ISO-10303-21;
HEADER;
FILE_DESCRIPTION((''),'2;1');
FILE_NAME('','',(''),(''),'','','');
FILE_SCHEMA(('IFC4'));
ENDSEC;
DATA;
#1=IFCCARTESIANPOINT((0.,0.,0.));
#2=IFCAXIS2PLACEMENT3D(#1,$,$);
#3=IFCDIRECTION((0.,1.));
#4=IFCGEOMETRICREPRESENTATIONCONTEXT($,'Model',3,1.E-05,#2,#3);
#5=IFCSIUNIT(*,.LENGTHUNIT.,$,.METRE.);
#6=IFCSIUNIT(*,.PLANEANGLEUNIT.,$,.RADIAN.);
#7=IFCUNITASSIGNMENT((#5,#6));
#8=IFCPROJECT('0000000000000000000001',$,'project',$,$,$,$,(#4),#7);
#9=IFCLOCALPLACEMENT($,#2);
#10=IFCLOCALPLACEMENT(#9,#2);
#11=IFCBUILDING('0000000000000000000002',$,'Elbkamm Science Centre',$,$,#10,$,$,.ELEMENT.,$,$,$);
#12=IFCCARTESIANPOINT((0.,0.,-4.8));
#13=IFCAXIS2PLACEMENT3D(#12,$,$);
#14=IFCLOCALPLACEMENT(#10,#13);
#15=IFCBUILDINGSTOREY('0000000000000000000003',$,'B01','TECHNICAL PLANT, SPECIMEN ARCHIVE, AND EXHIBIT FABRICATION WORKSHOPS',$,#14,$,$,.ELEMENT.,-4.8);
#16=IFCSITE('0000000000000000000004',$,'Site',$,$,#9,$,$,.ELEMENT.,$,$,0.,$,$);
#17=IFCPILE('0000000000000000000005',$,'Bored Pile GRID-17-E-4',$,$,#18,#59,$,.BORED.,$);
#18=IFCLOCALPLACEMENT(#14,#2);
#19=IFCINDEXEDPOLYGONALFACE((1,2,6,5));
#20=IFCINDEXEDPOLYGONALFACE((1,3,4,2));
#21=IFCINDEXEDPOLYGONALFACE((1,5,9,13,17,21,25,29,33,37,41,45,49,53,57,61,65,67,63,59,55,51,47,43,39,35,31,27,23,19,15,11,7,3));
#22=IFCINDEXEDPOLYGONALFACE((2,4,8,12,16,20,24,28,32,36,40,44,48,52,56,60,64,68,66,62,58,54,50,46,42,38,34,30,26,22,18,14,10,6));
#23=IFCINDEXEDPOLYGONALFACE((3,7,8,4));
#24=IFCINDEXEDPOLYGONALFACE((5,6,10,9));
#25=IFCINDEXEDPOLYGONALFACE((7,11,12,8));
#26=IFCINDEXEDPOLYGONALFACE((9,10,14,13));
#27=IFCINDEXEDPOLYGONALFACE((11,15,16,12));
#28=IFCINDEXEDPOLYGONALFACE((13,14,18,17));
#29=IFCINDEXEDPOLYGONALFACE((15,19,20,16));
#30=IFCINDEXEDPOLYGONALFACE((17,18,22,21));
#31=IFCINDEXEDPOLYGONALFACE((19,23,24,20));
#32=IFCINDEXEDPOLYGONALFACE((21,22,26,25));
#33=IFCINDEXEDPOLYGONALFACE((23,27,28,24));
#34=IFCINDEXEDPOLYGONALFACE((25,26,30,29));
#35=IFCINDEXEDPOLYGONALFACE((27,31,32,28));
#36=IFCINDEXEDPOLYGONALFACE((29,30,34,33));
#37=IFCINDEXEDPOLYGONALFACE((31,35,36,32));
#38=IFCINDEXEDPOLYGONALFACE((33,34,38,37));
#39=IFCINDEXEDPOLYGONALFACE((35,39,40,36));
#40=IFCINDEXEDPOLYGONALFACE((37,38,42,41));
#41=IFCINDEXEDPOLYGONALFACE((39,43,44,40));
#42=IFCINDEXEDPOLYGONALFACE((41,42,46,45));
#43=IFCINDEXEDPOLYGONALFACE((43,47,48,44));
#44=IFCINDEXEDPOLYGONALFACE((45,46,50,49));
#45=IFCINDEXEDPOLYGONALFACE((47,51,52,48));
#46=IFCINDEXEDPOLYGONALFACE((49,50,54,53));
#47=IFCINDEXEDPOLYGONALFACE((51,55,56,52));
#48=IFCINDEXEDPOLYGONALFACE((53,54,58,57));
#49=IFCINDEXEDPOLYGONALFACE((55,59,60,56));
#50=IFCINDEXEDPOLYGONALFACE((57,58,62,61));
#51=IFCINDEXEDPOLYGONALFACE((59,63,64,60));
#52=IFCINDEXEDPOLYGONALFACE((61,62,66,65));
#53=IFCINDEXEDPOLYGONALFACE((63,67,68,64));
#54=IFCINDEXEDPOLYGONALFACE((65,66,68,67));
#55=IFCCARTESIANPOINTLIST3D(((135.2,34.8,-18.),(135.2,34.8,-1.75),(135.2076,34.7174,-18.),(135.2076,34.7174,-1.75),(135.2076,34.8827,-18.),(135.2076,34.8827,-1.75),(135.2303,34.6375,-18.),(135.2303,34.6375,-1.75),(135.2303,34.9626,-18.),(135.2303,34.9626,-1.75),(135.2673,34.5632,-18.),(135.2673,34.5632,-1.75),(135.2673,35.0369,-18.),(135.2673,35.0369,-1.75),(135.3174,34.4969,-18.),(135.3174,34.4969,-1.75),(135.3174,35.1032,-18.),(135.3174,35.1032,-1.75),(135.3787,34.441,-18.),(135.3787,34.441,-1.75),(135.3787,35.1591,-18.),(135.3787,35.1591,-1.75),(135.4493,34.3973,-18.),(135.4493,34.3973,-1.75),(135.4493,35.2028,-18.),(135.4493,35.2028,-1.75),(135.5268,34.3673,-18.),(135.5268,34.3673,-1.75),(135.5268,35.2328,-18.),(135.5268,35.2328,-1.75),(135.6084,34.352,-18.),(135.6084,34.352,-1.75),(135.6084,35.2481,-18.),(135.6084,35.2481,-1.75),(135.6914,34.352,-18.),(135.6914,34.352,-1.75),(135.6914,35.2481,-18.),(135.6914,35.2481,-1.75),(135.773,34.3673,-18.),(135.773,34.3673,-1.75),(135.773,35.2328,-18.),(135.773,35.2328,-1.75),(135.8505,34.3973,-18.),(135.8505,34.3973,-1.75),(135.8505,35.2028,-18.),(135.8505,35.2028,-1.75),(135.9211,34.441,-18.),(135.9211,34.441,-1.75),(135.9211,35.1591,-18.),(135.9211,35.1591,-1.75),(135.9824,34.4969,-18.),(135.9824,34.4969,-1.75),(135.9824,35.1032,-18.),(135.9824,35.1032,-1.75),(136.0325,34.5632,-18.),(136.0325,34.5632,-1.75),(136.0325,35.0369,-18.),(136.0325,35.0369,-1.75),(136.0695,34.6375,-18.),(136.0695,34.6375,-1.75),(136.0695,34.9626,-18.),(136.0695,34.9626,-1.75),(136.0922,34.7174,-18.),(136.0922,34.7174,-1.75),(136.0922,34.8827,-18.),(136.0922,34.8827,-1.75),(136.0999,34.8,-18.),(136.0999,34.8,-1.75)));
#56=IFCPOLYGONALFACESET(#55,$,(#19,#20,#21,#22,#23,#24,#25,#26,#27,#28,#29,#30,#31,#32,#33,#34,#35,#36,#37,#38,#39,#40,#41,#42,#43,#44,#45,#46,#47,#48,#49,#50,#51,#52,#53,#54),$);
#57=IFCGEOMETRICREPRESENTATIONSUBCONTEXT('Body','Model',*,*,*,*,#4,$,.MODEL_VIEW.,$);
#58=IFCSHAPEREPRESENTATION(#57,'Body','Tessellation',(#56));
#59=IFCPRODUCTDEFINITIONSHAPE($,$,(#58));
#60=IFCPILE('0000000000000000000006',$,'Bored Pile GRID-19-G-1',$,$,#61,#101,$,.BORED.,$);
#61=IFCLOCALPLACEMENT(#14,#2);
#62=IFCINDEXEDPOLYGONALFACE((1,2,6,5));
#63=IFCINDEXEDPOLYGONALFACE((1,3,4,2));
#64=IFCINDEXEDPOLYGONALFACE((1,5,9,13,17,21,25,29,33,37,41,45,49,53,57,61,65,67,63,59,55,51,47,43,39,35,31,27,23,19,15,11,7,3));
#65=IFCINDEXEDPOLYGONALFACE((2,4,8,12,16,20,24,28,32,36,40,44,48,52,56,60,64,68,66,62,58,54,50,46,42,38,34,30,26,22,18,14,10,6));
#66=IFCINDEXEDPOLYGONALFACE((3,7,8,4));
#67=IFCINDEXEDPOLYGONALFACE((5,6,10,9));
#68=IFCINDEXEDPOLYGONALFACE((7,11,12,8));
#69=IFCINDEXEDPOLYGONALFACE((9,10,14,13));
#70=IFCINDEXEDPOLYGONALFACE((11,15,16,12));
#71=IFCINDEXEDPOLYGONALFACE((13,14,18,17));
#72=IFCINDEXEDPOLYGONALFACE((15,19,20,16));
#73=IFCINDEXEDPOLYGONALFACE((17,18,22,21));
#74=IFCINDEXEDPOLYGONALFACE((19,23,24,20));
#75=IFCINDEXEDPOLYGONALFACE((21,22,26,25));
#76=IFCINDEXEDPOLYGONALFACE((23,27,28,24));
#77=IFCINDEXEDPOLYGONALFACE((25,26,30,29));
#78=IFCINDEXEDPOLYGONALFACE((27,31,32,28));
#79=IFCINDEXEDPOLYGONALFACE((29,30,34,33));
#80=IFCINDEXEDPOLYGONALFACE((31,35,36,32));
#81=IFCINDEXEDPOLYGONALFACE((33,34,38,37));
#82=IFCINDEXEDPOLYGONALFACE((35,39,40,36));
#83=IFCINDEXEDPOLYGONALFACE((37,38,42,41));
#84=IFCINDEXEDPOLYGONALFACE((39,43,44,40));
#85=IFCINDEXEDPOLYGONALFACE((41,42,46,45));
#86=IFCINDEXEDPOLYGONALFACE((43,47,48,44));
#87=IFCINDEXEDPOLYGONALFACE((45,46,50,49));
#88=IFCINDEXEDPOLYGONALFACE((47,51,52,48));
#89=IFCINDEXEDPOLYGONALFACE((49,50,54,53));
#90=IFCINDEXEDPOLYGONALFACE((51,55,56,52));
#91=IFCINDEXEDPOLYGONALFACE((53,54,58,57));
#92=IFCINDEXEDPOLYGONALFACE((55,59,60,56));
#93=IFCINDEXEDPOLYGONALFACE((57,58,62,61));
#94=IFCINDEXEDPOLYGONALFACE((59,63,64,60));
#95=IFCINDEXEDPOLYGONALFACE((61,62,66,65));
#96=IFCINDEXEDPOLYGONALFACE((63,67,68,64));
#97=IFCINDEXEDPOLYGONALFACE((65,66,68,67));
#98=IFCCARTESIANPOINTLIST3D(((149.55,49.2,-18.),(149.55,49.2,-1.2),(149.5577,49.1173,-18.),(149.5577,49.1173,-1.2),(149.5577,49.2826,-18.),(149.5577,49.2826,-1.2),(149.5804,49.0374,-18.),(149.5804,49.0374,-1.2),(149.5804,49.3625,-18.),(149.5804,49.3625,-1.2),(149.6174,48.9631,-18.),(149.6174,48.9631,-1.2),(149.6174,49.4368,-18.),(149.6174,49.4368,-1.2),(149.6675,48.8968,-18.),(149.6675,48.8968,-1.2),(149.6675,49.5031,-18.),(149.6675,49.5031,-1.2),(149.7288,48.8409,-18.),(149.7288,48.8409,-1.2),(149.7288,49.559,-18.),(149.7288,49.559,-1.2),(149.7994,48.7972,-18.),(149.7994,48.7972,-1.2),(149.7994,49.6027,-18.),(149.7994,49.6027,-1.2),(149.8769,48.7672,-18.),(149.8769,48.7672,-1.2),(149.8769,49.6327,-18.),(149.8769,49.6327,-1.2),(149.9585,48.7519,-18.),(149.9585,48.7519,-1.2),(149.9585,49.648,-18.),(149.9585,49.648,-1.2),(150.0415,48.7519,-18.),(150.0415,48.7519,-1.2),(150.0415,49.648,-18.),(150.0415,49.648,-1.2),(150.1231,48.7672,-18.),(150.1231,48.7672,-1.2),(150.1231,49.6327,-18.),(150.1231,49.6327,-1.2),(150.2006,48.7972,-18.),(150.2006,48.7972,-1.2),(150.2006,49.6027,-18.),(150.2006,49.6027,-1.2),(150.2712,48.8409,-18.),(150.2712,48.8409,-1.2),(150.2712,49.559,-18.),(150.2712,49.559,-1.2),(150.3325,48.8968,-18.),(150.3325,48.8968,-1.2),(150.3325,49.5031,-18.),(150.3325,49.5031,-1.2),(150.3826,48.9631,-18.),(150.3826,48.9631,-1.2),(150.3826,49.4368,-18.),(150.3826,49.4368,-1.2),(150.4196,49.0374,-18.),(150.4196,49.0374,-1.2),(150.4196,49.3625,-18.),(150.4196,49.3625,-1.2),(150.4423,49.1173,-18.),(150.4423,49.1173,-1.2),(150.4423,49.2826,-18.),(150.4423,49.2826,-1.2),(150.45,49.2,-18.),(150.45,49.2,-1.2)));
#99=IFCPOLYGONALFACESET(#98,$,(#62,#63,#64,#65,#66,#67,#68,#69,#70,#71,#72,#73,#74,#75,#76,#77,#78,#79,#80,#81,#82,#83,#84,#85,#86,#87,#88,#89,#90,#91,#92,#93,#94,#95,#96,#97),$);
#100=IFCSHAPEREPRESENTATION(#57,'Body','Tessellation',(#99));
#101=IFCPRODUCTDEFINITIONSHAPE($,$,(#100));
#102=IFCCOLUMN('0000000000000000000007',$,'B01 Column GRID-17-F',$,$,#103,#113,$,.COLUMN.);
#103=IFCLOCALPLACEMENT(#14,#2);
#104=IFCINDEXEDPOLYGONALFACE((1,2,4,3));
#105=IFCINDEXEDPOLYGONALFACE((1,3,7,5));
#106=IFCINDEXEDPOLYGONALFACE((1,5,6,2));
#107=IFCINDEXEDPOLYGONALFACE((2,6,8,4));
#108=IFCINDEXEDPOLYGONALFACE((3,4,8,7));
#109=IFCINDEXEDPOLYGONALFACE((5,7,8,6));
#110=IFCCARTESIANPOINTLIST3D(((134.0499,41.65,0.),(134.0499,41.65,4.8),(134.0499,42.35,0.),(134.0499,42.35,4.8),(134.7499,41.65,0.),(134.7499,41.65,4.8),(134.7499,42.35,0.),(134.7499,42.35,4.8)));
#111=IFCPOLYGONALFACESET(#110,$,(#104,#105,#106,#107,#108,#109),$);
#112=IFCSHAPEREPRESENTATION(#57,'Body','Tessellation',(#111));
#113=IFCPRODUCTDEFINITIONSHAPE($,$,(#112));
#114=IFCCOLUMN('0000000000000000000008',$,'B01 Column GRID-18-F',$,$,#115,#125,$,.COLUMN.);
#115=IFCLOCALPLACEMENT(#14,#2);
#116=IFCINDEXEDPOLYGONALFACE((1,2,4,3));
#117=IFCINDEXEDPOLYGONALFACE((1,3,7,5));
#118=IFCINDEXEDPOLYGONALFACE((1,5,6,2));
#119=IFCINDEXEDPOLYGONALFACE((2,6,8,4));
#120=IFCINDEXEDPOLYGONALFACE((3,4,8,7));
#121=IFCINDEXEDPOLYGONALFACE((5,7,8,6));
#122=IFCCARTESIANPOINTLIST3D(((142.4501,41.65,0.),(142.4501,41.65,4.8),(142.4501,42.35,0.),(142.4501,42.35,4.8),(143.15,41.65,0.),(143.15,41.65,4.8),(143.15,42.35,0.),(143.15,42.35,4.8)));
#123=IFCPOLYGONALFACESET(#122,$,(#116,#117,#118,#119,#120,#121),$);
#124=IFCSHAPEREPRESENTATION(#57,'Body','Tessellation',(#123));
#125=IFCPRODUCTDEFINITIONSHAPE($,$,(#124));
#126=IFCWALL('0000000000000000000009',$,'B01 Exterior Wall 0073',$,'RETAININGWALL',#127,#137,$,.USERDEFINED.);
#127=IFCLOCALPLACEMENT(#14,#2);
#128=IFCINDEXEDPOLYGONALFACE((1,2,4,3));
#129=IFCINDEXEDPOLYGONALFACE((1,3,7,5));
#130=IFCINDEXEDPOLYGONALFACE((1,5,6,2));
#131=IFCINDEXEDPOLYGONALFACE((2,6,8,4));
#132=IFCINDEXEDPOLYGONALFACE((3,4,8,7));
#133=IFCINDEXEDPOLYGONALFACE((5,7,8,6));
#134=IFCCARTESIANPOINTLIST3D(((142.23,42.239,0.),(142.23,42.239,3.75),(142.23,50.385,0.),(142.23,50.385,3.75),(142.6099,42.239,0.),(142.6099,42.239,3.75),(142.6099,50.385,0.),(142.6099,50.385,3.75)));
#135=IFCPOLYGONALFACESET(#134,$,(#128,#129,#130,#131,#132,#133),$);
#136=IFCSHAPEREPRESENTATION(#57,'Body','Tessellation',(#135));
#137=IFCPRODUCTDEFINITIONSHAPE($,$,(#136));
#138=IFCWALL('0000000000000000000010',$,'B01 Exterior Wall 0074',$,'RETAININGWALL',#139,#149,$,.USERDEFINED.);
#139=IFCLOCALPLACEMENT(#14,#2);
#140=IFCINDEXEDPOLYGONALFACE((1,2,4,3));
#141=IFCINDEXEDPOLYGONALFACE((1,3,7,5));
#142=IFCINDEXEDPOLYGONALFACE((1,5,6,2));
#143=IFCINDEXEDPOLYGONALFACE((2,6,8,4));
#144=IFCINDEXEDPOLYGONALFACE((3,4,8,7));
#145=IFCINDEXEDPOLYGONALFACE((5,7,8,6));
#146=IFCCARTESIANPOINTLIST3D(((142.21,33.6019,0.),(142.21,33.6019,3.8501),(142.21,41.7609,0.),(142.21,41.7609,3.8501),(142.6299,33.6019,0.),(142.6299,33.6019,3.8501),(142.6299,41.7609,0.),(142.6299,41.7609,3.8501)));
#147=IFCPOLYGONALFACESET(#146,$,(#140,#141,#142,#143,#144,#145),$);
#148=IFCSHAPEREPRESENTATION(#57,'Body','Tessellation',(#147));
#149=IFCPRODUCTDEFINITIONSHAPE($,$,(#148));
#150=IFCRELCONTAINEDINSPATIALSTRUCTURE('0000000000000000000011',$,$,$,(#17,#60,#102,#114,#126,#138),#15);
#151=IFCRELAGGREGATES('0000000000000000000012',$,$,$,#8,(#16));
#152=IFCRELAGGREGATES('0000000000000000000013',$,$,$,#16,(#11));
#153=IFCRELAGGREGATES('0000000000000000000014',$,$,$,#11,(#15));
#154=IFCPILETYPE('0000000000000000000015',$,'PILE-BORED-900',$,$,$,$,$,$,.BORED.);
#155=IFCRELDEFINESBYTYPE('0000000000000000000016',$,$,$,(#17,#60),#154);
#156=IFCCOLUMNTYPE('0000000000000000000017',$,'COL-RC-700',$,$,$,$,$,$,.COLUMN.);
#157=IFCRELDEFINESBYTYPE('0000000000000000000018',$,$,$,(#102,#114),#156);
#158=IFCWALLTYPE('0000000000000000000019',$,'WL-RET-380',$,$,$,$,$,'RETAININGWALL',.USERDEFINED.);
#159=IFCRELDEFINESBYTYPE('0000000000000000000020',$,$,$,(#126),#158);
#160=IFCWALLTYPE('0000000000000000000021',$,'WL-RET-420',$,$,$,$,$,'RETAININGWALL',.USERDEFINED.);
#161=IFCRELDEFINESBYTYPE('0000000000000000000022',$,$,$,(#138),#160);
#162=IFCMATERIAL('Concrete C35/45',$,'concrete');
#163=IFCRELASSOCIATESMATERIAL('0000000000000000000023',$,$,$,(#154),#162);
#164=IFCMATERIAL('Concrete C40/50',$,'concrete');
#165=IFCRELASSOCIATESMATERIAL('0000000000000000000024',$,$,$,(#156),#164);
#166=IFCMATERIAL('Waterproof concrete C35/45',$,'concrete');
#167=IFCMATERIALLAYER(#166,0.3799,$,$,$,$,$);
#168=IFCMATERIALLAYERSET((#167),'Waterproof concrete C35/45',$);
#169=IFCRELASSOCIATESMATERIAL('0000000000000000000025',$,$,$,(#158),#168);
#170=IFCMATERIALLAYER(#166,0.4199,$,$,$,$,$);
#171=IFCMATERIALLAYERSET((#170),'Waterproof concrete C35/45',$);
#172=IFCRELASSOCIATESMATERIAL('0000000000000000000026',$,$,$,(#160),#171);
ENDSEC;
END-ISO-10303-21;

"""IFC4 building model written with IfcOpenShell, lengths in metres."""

from ifc_helpers import new_model, si_unit, direction, frame, frame_2d, origin, origin_2d, place, context, subcontext, project, spatial, rectangle, circle, extrude, material, layer, layer_set, material_profile, profile_set, type_object, element, save


model = new_model("IFC4")

# Units and contexts
model_context = context("Model", 3, precision=1e-05, world=origin(), true_north=direction((0.0, 1.0)))
body_context = subcontext(model_context, "Body", "Model", "MODEL_VIEW")
ifc_project = project(units=[si_unit("LENGTHUNIT", "METRE"), si_unit("PLANEANGLEUNIT", "RADIAN")], contexts=[model_context])

# Site, building, storey
site_placement = place(None, origin())
site = spatial("IfcSite", under=ifc_project, at=site_placement, Name="Site", CompositionType="ELEMENT", RefElevation=0.0)
building_placement = place(site_placement, origin())
building = spatial("IfcBuilding", under=site, at=building_placement, Name="Elbkamm Science Centre", CompositionType="ELEMENT")
storey_placement = place(building_placement, frame((0.0, 0.0, -4.8)))
storey = spatial("IfcBuildingStorey", under=building, at=storey_placement, Name="B01", Description="TECHNICAL PLANT, SPECIMEN ARCHIVE, AND EXHIBIT FABRICATION WORKSHOPS", CompositionType="ELEMENT", Elevation=-4.8)

# Shared definitions
ifc_material_1 = material(Name="Concrete C35/45", Category="concrete")

# Piles
ifc_material_profile_1 = material_profile(ifc_material_1, circle(Radius=0.45, at=origin_2d()), Name="PILE D900")
ifc_profile_set_1 = profile_set([ifc_material_profile_1], Name="Concrete C35/45")
pile_type_1 = type_object("IfcPileType", Name="PILE-BORED-900", PredefinedType="BORED", material=ifc_profile_set_1)
for number, where, z_axis, x_axis, name in (
    (1, (135.6499, 34.8, -1.75), (0.0, 0.0, -1.0), (1.0, 0.0, 0.0), "Bored Pile GRID-17-E-4"),
):
    element("IfcPile", number, at=place(storey_placement, frame(where, z_axis=z_axis, x_axis=x_axis)), inside=storey, type_object=pile_type_1, Name=name, PredefinedType="BORED", context=body_context, shape_type="SweptSolid", body=[
        extrude(circle(Radius=0.45, at=origin_2d()), origin(), (0.0, 0.0, 1.0), 16.25),
    ])
pile_1_placement = place(storey_placement, frame((150.0, 49.2, -1.2), z_axis=(0.0, 0.0, -1.0), x_axis=(1.0, 0.0, 0.0)))
element("IfcPile", 2, at=pile_1_placement, inside=storey, type_object=pile_type_1, Name="Bored Pile GRID-19-G-1", PredefinedType="BORED", context=body_context, shape_type="SweptSolid", body=[
    extrude(circle(Radius=0.45, at=origin_2d()), origin(), (0.0, 0.0, 1.0), 16.8),
])

# Columns
ifc_material_2 = material(Name="Concrete C40/50", Category="concrete")
ifc_material_profile_2 = material_profile(ifc_material_2, rectangle(XDim=0.7, YDim=0.7, at=origin_2d()), Name="RC 700x700")
ifc_profile_set_2 = profile_set([ifc_material_profile_2], Name="Concrete C40/50")
column_type = type_object("IfcColumnType", Name="COL-RC-700", PredefinedType="COLUMN", material=ifc_profile_set_2)
for number, where, z_axis, x_axis, name in (
    (3, (134.3999, 42.0, 0.0), (0.0, 0.0, 1.0), (1.0, 0.0, 0.0), "B01 Column GRID-17-F"),
    (4, (142.8, 42.0, 0.0), (0.0, 0.0, 1.0), (1.0, 0.0, 0.0), "B01 Column GRID-18-F"),
):
    element("IfcColumn", number, at=place(storey_placement, frame(where, z_axis=z_axis, x_axis=x_axis)), inside=storey, type_object=column_type, Name=name, PredefinedType="COLUMN", context=body_context, shape_type="SweptSolid", body=[
        extrude(rectangle(XDim=0.7, YDim=0.7, at=origin_2d()), origin(), (0.0, 0.0, 1.0), 4.8),
    ])

# Walls
ifc_material_3 = material(Name="Waterproof concrete C35/45", Category="concrete")
ifc_layer_1 = layer(ifc_material_3, 0.3799)
ifc_layer_set_1 = layer_set([ifc_layer_1], Name="Waterproof concrete C35/45")
wall_type_1 = type_object("IfcWallType", Name="WL-RET-380", ElementType="RETAININGWALL", PredefinedType="USERDEFINED", material=ifc_layer_set_1)
wall_1_placement = place(storey_placement, frame((142.4199, 50.385, 0.0), z_axis=(0.0, 0.0, 1.0), x_axis=(0.0, -1.0, 0.0)))
element("IfcWall", 5, at=wall_1_placement, inside=storey, type_object=wall_type_1, Name="B01 Exterior Wall 0073", ObjectType="RETAININGWALL", PredefinedType="USERDEFINED", context=body_context, shape_type="SweptSolid", body=[
    extrude(rectangle(XDim=8.146, YDim=0.3799, at=frame_2d((4.073, 0.0))), origin(), (0.0, 0.0, 1.0), 3.75),
])
ifc_layer_2 = layer(ifc_material_3, 0.4199)
ifc_layer_set_2 = layer_set([ifc_layer_2], Name="Waterproof concrete C35/45")
wall_type_2 = type_object("IfcWallType", Name="WL-RET-420", ElementType="RETAININGWALL", PredefinedType="USERDEFINED", material=ifc_layer_set_2)
wall_2_placement = place(storey_placement, frame((142.4199, 41.761, 0.0), z_axis=(0.0, 0.0, 1.0), x_axis=(0.0, -1.0, 0.0)))
element("IfcWall", 6, at=wall_2_placement, inside=storey, type_object=wall_type_2, Name="B01 Exterior Wall 0074", ObjectType="RETAININGWALL", PredefinedType="USERDEFINED", context=body_context, shape_type="SweptSolid", body=[
    extrude(rectangle(XDim=8.1589, YDim=0.4199, at=frame_2d((4.0796, 0.0))), origin(), (0.0, 0.0, 1.0), 3.8501),
])

save(model, "model.ifc")
